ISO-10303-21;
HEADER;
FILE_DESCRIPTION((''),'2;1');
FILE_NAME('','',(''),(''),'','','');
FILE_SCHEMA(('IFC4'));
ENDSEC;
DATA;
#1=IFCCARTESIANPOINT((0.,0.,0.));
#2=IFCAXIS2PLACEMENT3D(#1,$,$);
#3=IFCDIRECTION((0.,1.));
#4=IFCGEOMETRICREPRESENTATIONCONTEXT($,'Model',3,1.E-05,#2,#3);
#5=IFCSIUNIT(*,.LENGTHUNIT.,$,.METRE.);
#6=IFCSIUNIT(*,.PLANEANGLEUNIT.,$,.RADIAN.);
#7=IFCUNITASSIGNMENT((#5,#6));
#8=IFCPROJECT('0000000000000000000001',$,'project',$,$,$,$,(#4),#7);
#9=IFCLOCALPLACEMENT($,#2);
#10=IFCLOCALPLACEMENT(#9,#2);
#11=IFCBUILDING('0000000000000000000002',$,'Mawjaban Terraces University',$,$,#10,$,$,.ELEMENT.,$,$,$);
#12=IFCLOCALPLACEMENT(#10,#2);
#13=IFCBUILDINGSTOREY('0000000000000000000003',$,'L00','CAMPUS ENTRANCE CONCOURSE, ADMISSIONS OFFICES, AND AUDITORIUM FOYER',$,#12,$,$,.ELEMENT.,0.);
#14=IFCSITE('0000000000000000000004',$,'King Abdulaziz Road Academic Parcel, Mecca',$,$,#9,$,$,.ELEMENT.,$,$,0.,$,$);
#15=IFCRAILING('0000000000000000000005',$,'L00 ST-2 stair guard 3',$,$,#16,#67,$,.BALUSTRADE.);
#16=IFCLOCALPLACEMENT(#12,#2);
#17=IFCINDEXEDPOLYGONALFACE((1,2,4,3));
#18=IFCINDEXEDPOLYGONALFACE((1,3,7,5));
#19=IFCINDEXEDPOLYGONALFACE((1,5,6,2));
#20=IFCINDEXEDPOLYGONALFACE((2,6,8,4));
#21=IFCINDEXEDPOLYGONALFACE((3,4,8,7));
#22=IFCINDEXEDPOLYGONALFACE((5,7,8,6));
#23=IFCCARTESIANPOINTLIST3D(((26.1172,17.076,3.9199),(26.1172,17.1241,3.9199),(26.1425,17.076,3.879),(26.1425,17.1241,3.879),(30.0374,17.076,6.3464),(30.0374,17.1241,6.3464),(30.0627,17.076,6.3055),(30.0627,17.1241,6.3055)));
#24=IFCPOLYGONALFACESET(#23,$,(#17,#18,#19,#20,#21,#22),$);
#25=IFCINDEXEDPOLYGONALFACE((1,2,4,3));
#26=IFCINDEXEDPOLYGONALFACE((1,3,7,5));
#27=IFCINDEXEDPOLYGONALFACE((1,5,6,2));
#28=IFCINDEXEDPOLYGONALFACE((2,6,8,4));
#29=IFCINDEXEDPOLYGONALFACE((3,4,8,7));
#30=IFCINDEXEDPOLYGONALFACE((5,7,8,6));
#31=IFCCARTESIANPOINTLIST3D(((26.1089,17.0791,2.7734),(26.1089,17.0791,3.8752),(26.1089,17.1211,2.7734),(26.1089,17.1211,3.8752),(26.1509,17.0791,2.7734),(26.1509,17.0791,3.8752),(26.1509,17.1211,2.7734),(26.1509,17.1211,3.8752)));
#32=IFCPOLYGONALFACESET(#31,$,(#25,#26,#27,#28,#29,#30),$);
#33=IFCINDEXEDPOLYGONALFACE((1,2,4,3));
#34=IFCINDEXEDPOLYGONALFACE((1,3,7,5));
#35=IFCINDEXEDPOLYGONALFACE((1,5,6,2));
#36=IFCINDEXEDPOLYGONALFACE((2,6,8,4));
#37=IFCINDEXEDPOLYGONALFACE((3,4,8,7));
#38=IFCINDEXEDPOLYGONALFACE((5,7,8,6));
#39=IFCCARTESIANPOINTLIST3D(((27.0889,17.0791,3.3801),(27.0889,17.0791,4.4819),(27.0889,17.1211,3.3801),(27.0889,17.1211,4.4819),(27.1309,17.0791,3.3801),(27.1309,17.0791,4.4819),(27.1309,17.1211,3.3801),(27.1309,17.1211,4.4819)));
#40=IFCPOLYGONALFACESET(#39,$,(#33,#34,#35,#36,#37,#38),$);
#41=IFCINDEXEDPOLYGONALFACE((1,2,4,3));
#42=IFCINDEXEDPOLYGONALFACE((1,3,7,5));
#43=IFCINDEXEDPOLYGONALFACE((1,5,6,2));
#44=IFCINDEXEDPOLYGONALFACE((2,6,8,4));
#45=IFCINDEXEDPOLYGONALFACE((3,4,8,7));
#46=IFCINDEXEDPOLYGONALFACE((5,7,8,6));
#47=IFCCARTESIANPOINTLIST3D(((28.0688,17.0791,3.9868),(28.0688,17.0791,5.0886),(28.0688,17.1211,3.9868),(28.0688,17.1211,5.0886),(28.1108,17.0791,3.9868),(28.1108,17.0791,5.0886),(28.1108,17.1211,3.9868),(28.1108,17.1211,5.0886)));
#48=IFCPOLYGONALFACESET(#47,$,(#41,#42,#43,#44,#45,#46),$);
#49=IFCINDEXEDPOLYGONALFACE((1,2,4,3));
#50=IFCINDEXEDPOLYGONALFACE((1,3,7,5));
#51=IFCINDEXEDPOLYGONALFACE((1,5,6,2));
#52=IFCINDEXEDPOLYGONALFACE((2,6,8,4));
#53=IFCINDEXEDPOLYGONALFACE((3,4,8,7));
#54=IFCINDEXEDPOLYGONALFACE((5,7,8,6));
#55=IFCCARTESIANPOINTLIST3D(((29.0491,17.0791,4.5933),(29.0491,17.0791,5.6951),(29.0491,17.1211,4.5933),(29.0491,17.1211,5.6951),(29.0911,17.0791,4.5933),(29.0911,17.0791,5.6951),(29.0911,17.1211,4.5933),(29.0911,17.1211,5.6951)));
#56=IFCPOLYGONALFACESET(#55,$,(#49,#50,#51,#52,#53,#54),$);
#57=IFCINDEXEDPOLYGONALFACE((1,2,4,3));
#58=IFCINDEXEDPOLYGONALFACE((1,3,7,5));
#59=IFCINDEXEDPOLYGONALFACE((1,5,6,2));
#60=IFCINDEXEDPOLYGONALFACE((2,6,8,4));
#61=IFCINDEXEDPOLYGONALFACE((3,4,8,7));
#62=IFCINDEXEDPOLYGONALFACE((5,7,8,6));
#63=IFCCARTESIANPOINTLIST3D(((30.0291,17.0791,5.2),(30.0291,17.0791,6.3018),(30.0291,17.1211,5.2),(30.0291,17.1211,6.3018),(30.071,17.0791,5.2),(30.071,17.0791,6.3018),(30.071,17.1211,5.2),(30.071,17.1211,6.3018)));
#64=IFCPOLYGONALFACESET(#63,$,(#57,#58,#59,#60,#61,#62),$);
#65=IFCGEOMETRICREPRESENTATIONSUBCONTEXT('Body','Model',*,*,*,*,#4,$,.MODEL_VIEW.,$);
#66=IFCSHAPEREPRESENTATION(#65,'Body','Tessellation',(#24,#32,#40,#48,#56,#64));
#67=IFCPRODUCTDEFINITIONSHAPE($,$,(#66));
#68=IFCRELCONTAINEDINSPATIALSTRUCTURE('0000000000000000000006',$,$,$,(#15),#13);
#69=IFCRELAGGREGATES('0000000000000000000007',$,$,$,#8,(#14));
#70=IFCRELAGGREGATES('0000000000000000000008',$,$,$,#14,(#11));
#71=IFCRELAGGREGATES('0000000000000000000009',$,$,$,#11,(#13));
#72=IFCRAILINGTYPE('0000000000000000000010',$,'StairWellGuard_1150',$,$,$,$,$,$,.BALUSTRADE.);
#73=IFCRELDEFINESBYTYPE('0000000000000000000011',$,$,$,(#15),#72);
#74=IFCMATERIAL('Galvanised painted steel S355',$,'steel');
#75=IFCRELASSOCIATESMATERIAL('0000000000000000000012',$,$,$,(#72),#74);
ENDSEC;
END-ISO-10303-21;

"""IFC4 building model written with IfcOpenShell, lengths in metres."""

from ifc_helpers import new_model, si_unit, direction, frame, origin, origin_2d, place, context, subcontext, project, spatial, rectangle, extrude, material, type_object, element, save


model = new_model("IFC4")

# Units and contexts
model_context = context("Model", 3, precision=1e-05, world=origin(), true_north=direction((0.0, 1.0)))
body_context = subcontext(model_context, "Body", "Model", "MODEL_VIEW")
ifc_project = project(units=[si_unit("LENGTHUNIT", "METRE"), si_unit("PLANEANGLEUNIT", "RADIAN")], contexts=[model_context])

# Site, building, storey
site_placement = place(None, origin())
site = spatial("IfcSite", under=ifc_project, at=site_placement, Name="King Abdulaziz Road Academic Parcel, Mecca", CompositionType="ELEMENT", RefElevation=0.0)
building_placement = place(site_placement, origin())
building = spatial("IfcBuilding", under=site, at=building_placement, Name="Mawjaban Terraces University", CompositionType="ELEMENT")
storey_placement = place(building_placement, origin())
storey = spatial("IfcBuildingStorey", under=building, at=storey_placement, Name="L00", Description="CAMPUS ENTRANCE CONCOURSE, ADMISSIONS OFFICES, AND AUDITORIUM FOYER", CompositionType="ELEMENT", Elevation=0.0)

# Railing
ifc_material_1 = material(Name="Galvanised painted steel S355", Category="steel")
railing_type_1 = type_object("IfcRailingType", Name="StairWellGuard_1150", PredefinedType="BALUSTRADE", material=ifc_material_1)
railing_1_placement = place(storey_placement, frame((26.1299, 17.1001, 2.7734)))
element("IfcRailing", 1, at=railing_1_placement, inside=storey, type_object=railing_type_1, Name="L00 ST-2 stair guard 3", PredefinedType="BALUSTRADE", context=body_context, shape_type="SweptSolid", body=[
    extrude(rectangle(XDim=0.0481, YDim=0.0481, at=origin_2d()), frame((0.0, 0.0, 1.126), z_axis=(0.85029, 0.0, 0.526315), x_axis=(0.0, 1.0, 0.0)), (0.0, 0.0, 1.0), 4.6104),
    extrude(rectangle(XDim=0.042, YDim=0.042, at=origin_2d()), origin(), (0.0, 0.0, 1.0), 1.1018),
    extrude(rectangle(XDim=0.042, YDim=0.042, at=origin_2d()), frame((0.98, 0.0, 0.6067)), (0.0, 0.0, 1.0), 1.1018),
    extrude(rectangle(XDim=0.042, YDim=0.042, at=origin_2d()), frame((1.96, 0.0, 1.2134)), (0.0, 0.0, 1.0), 1.1018),
    extrude(rectangle(XDim=0.042, YDim=0.042, at=origin_2d()), frame((2.9402, 0.0, 1.8198)), (0.0, 0.0, 1.0), 1.1018),
    extrude(rectangle(XDim=0.042, YDim=0.042, at=origin_2d()), frame((3.9202, 0.0, 2.4265)), (0.0, 0.0, 1.0), 1.1018),
])

save(model, "model.ifc")
